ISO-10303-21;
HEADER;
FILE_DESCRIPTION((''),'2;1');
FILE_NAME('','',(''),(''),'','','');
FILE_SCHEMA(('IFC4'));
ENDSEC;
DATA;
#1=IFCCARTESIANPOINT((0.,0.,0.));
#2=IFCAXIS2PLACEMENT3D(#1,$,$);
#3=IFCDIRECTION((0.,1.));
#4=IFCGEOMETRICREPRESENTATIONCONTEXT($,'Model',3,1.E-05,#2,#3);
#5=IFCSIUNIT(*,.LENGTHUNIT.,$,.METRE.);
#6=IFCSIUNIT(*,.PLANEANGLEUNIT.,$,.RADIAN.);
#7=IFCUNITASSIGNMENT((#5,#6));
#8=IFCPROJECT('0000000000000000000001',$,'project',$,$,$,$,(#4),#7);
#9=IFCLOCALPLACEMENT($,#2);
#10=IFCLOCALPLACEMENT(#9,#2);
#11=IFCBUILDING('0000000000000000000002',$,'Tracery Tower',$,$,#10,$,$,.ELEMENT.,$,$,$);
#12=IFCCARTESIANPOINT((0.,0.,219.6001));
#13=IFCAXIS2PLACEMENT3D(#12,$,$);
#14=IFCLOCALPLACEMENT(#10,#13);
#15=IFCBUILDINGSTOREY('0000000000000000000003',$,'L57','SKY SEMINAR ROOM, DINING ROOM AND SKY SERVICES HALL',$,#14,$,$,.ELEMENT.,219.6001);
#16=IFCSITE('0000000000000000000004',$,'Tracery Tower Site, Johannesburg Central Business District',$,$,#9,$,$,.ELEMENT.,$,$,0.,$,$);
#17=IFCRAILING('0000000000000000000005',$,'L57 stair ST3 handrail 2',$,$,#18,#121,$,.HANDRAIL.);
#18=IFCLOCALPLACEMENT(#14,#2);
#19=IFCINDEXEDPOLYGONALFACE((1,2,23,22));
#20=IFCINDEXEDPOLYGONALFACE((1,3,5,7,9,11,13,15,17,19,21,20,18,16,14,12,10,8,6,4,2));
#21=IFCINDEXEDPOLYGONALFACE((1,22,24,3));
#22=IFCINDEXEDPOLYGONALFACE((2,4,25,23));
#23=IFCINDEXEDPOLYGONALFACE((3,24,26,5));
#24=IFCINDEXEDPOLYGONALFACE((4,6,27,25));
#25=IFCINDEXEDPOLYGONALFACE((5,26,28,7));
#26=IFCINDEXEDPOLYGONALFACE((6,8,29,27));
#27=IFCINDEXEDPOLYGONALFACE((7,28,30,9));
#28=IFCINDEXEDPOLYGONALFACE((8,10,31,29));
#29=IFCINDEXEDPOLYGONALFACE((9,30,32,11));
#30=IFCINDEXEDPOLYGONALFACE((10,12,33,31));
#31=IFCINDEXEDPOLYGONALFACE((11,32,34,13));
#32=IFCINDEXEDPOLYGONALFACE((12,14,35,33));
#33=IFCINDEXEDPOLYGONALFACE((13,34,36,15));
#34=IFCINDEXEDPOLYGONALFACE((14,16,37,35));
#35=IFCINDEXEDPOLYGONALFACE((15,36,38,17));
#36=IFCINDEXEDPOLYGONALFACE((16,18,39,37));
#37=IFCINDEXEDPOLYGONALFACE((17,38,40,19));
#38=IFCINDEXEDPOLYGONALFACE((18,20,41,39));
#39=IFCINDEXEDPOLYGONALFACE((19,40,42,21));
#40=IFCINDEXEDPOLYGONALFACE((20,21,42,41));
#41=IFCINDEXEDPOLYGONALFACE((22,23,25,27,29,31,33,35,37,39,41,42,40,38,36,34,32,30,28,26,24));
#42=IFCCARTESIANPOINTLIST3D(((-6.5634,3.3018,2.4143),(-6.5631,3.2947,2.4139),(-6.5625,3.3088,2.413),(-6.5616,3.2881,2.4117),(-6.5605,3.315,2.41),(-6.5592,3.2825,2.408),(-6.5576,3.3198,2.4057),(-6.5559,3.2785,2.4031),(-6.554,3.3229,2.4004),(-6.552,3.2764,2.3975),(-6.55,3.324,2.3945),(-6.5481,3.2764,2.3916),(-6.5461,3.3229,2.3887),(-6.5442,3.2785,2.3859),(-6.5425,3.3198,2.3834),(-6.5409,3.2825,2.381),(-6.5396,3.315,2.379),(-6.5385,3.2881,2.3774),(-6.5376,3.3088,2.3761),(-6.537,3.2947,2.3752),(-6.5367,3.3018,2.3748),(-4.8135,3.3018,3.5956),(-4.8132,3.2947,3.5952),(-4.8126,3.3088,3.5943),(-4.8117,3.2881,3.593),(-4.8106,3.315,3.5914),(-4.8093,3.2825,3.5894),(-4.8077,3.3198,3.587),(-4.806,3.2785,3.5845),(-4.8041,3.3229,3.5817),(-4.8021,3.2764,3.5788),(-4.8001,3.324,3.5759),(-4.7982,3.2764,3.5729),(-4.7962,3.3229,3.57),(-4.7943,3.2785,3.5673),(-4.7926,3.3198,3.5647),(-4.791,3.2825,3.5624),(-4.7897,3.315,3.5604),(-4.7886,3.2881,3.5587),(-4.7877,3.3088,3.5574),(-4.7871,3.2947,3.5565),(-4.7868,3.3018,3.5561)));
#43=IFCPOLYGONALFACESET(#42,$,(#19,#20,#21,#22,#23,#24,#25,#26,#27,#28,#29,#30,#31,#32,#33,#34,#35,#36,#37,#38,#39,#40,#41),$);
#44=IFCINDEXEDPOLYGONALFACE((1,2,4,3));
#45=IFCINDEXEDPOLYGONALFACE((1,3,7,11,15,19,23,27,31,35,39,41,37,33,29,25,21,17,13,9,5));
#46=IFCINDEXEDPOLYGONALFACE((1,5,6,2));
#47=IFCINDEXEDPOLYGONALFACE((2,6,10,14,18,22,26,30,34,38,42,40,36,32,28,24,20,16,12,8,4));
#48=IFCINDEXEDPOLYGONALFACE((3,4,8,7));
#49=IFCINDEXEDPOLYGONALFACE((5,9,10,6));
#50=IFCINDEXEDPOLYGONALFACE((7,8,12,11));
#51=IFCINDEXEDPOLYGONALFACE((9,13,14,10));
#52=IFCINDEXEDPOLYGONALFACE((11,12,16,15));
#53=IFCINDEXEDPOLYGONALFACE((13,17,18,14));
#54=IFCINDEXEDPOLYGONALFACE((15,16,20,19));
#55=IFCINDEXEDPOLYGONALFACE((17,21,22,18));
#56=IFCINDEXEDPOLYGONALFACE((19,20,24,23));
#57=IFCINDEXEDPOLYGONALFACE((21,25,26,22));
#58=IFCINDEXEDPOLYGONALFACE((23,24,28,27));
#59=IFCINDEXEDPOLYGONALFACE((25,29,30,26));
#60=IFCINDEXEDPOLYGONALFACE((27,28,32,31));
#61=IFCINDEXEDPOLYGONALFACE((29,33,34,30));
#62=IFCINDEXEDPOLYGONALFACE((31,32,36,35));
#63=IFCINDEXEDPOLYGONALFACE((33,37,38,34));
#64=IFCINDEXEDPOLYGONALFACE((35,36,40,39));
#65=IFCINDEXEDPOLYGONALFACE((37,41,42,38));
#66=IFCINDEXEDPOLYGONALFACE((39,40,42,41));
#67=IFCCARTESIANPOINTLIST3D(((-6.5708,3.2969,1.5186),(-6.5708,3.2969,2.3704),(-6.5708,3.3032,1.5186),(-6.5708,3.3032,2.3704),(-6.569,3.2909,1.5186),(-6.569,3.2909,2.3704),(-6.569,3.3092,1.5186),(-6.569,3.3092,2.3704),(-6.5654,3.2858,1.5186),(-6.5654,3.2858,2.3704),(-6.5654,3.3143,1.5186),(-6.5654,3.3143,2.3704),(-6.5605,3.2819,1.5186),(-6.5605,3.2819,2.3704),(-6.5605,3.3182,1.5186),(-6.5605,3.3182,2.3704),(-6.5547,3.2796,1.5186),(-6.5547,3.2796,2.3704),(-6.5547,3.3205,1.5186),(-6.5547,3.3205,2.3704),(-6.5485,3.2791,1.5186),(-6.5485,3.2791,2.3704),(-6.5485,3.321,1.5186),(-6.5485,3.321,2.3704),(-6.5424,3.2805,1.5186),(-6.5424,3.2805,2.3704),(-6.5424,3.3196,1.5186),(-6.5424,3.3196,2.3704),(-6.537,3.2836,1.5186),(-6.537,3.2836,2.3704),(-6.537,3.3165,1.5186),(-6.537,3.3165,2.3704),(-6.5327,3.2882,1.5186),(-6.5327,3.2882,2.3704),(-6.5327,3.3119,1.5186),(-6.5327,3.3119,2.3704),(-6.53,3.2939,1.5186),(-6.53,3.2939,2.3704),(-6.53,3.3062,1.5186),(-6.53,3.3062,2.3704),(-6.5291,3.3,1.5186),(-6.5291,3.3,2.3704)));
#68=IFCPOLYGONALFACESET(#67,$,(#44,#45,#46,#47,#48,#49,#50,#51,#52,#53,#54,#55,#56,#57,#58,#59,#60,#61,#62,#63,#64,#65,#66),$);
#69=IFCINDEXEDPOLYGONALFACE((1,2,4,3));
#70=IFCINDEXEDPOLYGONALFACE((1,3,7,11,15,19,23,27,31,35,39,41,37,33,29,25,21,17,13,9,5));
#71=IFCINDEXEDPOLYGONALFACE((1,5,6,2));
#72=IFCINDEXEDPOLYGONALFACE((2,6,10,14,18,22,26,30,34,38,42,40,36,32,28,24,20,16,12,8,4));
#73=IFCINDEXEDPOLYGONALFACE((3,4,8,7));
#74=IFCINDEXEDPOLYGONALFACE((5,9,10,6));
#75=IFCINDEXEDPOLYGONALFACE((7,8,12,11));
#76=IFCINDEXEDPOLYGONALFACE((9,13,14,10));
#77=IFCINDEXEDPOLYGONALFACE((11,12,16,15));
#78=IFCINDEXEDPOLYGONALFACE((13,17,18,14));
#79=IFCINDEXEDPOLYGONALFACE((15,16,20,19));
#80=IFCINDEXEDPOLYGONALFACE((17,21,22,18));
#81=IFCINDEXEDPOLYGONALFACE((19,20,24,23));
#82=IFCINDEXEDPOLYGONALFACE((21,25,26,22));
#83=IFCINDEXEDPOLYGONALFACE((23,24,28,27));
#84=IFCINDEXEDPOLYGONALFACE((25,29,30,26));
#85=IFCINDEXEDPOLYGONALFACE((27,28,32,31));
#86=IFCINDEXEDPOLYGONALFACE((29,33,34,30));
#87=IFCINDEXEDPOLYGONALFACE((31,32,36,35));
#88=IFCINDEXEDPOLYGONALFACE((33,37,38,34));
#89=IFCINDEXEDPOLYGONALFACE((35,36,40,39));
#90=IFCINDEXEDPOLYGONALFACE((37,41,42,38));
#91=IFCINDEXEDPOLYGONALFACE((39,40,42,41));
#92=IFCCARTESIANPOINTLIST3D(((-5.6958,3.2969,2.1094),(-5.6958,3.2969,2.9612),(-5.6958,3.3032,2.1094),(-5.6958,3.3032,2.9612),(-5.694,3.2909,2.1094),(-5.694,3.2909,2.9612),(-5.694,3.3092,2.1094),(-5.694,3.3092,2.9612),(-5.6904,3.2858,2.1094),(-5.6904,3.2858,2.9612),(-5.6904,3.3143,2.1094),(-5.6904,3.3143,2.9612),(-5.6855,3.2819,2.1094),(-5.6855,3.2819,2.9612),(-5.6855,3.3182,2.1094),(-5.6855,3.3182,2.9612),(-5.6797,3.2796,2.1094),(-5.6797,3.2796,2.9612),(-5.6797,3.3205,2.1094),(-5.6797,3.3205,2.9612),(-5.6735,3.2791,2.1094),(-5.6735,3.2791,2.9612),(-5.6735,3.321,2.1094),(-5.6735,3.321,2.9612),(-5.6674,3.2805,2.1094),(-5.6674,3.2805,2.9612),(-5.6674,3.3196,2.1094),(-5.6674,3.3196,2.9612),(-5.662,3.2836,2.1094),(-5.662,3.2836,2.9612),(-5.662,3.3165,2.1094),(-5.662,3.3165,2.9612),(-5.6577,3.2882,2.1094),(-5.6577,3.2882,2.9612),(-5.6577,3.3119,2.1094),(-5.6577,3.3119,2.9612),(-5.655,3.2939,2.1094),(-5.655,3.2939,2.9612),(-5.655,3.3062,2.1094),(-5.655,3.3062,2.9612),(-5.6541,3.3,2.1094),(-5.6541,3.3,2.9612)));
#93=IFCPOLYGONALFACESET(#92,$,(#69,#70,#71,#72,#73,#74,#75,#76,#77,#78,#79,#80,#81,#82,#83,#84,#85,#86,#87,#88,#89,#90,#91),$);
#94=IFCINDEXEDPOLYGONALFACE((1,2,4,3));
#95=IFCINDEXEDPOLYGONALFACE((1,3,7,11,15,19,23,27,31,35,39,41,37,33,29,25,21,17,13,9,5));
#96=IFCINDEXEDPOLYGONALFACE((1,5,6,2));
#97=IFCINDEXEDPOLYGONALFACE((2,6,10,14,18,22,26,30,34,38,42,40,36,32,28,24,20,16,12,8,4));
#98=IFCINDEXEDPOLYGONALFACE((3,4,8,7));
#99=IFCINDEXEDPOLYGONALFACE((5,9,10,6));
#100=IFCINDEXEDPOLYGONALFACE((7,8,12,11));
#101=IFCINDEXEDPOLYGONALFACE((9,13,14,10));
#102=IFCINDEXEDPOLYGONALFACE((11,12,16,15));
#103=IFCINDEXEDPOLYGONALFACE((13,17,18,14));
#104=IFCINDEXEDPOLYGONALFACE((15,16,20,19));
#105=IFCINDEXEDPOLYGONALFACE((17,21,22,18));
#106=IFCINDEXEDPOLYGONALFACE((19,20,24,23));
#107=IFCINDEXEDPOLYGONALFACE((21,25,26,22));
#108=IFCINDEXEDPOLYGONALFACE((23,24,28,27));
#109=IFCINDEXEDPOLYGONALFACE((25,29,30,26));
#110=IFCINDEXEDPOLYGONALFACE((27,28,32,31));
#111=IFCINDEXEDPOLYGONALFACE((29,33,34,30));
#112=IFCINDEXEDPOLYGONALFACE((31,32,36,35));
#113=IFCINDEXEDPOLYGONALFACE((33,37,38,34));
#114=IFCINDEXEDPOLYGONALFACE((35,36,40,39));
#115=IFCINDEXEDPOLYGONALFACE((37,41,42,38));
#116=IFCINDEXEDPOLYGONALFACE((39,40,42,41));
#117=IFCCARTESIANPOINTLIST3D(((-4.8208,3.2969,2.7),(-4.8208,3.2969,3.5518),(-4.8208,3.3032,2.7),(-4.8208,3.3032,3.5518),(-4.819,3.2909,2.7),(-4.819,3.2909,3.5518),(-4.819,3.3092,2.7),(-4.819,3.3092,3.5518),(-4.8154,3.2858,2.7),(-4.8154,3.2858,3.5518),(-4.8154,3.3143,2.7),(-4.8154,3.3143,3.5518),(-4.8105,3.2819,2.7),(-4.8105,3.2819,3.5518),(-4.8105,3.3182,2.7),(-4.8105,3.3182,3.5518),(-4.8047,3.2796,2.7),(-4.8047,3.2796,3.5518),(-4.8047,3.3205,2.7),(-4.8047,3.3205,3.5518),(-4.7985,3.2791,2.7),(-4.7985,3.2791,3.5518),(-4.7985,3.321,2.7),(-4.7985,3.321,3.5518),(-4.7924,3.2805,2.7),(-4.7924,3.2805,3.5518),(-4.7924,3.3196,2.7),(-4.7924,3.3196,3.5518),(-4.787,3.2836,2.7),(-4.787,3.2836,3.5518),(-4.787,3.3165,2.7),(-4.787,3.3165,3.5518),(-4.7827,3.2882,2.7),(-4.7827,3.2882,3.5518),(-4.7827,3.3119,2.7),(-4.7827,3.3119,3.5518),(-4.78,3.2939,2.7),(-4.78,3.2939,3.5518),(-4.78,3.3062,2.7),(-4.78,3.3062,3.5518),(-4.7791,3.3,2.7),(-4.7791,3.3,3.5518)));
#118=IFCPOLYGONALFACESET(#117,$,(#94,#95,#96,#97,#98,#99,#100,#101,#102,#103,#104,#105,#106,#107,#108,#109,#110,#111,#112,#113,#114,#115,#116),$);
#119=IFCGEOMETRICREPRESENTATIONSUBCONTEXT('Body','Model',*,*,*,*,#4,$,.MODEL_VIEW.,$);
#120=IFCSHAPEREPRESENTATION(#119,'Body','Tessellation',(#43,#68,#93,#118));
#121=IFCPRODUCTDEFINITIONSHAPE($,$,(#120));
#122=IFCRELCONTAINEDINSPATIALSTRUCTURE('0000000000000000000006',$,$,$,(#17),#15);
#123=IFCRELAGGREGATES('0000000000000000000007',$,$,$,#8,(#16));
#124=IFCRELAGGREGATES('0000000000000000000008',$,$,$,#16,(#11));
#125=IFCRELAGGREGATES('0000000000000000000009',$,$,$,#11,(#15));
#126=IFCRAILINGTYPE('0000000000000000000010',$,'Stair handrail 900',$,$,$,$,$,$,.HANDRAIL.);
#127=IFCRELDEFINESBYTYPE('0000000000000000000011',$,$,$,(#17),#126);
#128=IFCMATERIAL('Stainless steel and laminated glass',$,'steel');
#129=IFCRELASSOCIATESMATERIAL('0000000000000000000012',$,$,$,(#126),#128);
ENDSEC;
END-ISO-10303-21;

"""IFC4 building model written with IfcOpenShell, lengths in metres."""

from ifc_helpers import new_model, si_unit, direction, frame, origin, origin_2d, place, context, subcontext, project, spatial, circle, extrude, material, type_object, element, save


model = new_model("IFC4")

# Units and contexts
model_context = context("Model", 3, precision=1e-05, world=origin(), true_north=direction((0.0, 1.0)))
body_context = subcontext(model_context, "Body", "Model", "MODEL_VIEW")
ifc_project = project(units=[si_unit("LENGTHUNIT", "METRE"), si_unit("PLANEANGLEUNIT", "RADIAN")], contexts=[model_context])

# Site, building, storey
site_placement = place(None, origin())
site = spatial("IfcSite", under=ifc_project, at=site_placement, Name="Tracery Tower Site, Johannesburg Central Business District", CompositionType="ELEMENT", RefElevation=0.0)
building_placement = place(site_placement, origin())
building = spatial("IfcBuilding", under=site, at=building_placement, Name="Tracery Tower", CompositionType="ELEMENT")
storey_placement = place(building_placement, frame((0.0, 0.0, 219.6001)))
storey = spatial("IfcBuildingStorey", under=building, at=storey_placement, Name="L57", Description="SKY SEMINAR ROOM, DINING ROOM AND SKY SERVICES HALL", CompositionType="ELEMENT", Elevation=219.6001)

# Railing
ifc_material_1 = material(Name="Stainless steel and laminated glass", Category="steel")
railing_type_1 = type_object("IfcRailingType", Name="Stair handrail 900", PredefinedType="HANDRAIL", material=ifc_material_1)
railing_1_placement = place(storey_placement, frame((-6.55, 3.3, 1.5186)))
element("IfcRailing", 1, at=railing_1_placement, inside=storey, type_object=railing_type_1, Name="L57 stair ST3 handrail 2", PredefinedType="HANDRAIL", context=body_context, shape_type="SweptSolid", body=[
    extrude(circle(Radius=0.0239, at=origin_2d()), frame((0.0, 0.0, 0.876), z_axis=(0.828817, 0.0, 0.559521), x_axis=(0.0, 1.0, 0.0)), (0.0, 0.0, 1.0), 2.1113),
    extrude(circle(Radius=0.021, at=origin_2d()), origin(), (0.0, 0.0, 1.0), 0.8518),
    extrude(circle(Radius=0.021, at=origin_2d()), frame((0.875, 0.0, 0.5908)), (0.0, 0.0, 1.0), 0.8518),
    extrude(circle(Radius=0.021, at=origin_2d()), frame((1.75, 0.0, 1.1814)), (0.0, 0.0, 1.0), 0.8518),
])

save(model, "model.ifc")
